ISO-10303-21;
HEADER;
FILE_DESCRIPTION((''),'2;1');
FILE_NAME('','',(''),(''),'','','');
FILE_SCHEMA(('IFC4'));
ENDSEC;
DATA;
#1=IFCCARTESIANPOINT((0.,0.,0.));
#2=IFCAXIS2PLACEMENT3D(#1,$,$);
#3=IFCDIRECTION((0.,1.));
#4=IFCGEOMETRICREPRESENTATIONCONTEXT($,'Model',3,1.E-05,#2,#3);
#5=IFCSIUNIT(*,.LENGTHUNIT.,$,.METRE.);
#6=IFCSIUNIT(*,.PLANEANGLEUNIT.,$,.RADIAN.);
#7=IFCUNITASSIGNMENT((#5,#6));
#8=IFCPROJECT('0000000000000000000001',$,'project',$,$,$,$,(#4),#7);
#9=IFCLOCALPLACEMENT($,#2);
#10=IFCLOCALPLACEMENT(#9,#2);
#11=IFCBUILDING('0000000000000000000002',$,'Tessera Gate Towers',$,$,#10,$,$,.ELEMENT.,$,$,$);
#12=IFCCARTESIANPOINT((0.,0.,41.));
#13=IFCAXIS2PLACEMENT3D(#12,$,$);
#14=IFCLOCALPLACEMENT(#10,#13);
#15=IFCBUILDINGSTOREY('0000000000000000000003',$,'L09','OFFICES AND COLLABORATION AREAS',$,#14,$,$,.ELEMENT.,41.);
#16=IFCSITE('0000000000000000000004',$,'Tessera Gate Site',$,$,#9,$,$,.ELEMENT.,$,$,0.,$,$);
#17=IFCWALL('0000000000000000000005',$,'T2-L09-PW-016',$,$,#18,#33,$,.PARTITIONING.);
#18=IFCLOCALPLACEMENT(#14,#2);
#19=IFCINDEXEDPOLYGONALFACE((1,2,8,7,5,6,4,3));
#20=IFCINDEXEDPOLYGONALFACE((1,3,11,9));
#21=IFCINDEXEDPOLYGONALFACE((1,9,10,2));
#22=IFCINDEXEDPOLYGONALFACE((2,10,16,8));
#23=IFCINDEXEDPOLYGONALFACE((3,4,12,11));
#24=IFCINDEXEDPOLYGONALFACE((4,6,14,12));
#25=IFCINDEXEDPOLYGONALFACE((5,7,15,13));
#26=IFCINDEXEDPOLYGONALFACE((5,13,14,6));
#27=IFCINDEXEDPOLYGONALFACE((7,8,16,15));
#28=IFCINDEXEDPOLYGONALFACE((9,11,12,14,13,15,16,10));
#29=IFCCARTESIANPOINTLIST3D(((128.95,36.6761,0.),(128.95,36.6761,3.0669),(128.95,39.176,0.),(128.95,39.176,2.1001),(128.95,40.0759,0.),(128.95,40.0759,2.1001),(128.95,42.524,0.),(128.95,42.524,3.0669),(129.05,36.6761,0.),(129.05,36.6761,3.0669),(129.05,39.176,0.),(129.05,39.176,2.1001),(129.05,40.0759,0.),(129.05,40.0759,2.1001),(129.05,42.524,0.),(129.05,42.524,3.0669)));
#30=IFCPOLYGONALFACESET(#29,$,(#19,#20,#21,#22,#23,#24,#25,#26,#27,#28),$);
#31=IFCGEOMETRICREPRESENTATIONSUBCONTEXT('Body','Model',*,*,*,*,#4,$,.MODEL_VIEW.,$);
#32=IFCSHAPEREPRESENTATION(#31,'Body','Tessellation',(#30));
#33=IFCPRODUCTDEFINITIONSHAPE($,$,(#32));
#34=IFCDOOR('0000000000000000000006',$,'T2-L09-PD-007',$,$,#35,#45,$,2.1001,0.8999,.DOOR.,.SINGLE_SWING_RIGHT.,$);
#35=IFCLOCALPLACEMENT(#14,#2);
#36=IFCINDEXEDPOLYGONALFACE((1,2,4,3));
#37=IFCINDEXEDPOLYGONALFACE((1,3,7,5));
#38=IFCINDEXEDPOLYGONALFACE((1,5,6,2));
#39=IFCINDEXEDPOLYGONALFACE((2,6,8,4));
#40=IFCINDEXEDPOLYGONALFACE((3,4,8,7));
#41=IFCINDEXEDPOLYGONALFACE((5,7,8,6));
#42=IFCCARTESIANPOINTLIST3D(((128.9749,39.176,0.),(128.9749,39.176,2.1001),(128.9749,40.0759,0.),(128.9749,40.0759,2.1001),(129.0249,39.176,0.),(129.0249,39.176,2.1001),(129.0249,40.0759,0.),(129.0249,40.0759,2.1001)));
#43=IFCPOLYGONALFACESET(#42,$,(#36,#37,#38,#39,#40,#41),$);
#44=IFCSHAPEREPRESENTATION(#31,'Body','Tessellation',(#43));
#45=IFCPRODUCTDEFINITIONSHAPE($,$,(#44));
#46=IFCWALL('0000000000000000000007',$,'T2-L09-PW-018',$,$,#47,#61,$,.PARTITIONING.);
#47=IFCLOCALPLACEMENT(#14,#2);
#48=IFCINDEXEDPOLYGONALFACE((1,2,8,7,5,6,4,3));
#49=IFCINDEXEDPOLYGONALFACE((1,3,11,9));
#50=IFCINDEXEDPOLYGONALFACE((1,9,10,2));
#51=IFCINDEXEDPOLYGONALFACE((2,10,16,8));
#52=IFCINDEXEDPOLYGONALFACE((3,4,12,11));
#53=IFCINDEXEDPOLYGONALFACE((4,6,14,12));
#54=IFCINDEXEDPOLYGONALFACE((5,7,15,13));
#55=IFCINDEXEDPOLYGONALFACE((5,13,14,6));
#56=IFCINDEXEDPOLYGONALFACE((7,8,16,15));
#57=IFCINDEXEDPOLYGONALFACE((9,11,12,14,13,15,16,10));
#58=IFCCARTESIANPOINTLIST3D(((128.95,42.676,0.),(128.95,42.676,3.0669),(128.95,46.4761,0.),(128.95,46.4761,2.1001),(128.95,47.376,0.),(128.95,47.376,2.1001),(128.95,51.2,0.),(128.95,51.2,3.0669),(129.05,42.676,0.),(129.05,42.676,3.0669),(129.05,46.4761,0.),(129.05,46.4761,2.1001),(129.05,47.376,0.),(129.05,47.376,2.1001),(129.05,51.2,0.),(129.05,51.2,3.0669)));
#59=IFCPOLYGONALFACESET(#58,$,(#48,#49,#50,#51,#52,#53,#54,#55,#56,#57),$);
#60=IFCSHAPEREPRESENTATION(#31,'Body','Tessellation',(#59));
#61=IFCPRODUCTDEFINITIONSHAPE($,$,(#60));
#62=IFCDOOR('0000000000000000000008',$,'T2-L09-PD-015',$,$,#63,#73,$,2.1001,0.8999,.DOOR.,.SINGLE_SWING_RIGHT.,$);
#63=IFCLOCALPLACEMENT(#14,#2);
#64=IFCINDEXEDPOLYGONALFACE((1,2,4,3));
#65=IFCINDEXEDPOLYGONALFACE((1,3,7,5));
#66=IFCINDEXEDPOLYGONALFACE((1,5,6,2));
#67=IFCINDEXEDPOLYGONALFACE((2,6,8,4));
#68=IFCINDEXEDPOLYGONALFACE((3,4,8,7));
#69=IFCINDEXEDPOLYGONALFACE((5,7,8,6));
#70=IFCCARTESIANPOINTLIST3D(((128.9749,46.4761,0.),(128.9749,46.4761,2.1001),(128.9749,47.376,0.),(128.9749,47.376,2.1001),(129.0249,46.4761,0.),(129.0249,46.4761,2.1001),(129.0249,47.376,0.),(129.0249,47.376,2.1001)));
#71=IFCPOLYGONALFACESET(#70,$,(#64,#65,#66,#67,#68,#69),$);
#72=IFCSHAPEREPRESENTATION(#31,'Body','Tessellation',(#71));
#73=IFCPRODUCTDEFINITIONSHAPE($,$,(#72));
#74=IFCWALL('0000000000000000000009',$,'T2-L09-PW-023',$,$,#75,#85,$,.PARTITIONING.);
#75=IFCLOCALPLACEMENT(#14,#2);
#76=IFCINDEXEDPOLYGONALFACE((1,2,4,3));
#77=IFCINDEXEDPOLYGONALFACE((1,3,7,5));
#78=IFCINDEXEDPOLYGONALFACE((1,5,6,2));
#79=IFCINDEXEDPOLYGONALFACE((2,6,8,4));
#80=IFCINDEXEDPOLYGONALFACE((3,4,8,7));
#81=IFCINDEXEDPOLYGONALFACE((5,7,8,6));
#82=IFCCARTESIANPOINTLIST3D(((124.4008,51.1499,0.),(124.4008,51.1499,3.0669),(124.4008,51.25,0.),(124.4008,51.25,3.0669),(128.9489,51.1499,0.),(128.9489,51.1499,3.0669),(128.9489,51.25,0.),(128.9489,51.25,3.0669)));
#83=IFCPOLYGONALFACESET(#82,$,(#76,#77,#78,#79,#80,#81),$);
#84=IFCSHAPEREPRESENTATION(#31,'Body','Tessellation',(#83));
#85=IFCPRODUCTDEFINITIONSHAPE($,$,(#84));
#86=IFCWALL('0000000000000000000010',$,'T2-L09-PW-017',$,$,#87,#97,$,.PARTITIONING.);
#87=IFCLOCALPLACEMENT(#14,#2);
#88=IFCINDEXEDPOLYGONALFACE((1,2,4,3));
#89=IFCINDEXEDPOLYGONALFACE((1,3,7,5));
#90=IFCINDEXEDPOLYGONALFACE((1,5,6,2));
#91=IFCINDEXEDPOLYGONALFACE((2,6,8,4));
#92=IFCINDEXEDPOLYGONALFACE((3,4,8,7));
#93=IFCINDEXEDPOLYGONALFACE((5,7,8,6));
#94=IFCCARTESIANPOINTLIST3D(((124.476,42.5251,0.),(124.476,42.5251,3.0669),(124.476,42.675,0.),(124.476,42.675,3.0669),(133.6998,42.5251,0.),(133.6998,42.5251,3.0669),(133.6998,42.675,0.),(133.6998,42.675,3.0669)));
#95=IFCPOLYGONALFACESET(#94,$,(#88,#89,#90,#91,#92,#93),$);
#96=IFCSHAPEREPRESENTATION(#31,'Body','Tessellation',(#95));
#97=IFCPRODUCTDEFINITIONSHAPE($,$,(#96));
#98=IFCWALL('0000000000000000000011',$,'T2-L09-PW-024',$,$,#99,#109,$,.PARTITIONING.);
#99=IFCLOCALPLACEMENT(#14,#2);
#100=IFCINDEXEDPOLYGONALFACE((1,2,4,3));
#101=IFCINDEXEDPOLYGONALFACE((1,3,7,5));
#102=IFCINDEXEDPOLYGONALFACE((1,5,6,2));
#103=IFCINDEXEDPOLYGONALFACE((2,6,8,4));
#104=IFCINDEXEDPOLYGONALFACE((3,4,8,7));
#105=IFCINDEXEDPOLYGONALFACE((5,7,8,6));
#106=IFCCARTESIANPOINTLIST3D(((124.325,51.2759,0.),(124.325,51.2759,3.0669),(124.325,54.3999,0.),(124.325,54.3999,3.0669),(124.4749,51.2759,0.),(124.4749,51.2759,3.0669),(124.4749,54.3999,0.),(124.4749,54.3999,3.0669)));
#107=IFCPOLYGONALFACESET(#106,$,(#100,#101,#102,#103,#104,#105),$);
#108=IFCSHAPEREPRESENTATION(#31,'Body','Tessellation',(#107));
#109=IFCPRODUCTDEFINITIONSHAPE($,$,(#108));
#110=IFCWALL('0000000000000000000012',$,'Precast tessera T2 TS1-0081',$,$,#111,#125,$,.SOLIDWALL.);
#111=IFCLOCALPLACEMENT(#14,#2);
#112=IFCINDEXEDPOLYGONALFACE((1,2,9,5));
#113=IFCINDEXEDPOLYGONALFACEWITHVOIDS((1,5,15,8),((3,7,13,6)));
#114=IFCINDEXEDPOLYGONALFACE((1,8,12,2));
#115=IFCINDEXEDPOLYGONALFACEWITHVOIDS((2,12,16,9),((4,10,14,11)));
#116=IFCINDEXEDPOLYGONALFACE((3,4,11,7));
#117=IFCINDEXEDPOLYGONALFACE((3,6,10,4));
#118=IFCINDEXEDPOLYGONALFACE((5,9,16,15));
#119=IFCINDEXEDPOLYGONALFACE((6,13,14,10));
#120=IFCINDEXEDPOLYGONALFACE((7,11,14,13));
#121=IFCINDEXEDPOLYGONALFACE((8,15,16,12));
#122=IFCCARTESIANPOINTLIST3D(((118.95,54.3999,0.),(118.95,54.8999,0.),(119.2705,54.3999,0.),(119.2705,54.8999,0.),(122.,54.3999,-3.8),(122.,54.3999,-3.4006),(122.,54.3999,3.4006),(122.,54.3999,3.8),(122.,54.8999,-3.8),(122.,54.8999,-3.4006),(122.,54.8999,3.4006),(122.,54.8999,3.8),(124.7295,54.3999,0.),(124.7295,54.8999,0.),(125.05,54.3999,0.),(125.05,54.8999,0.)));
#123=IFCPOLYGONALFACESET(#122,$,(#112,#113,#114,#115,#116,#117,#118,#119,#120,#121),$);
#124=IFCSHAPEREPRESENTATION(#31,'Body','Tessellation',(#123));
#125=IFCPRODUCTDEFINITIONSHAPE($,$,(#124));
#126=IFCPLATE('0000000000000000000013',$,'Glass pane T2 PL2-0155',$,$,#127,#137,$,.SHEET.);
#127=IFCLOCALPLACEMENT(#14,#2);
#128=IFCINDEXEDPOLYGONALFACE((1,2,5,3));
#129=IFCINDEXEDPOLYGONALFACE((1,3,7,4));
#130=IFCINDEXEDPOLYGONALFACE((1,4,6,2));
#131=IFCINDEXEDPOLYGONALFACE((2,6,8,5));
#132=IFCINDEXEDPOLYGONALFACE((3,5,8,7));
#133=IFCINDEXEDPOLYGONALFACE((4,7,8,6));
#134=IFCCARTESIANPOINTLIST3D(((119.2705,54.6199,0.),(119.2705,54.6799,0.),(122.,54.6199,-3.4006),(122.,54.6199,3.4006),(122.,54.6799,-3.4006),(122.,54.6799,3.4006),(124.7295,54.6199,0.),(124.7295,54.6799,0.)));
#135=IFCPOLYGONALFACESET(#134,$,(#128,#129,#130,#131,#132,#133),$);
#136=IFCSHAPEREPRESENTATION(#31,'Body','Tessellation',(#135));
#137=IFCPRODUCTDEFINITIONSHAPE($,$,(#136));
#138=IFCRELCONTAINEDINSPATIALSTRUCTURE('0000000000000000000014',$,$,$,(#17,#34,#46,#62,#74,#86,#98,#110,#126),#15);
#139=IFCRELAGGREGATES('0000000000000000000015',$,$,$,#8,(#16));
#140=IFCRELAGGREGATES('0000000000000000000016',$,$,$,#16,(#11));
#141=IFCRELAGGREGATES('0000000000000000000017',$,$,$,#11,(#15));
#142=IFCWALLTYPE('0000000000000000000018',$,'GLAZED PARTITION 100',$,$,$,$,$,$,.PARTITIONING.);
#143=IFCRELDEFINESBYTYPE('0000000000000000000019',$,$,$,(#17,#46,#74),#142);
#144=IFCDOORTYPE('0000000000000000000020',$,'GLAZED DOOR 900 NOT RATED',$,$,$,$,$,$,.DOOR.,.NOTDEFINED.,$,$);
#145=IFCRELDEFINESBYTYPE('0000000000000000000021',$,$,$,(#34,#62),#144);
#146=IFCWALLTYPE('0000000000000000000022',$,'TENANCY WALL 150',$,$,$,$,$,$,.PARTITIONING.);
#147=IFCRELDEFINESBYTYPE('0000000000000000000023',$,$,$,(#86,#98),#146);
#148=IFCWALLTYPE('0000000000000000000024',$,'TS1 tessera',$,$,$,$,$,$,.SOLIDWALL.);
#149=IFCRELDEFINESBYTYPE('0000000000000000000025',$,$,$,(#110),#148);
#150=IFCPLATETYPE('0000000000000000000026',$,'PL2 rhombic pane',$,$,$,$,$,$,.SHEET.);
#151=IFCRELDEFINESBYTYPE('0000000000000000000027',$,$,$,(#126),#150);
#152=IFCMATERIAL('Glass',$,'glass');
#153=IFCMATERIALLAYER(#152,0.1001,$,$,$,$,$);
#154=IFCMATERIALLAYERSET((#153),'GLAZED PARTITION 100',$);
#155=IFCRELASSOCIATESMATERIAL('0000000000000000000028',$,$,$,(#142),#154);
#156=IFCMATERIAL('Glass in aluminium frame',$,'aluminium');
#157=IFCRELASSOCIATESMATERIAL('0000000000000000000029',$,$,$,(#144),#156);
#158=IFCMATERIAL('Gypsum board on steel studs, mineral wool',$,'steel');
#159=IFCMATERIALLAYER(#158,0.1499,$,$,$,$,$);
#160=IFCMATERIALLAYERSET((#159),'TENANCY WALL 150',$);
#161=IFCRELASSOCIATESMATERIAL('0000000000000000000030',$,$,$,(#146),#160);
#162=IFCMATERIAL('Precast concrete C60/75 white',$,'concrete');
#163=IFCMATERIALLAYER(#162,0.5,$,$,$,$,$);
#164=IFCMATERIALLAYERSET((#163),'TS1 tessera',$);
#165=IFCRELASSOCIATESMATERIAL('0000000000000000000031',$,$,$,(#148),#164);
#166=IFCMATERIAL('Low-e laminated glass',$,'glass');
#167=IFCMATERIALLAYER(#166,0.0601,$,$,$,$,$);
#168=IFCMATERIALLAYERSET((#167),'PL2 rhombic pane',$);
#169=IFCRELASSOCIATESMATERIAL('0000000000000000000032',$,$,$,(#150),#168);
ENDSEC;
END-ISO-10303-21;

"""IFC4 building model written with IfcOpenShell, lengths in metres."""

from ifc_helpers import new_model, si_unit, direction, frame, frame_2d, origin, place, context, subcontext, project, spatial, polyline, rectangle, outline, extrude, source, transform, mapped, material, layer, layer_set, type_object, element, fill, save


model = new_model("IFC4")

# Units and contexts
model_context = context("Model", 3, precision=1e-05, world=origin(), true_north=direction((0.0, 1.0)))
body_context = subcontext(model_context, "Body", "Model", "MODEL_VIEW")
ifc_project = project(units=[si_unit("LENGTHUNIT", "METRE"), si_unit("PLANEANGLEUNIT", "RADIAN")], contexts=[model_context])

# Site, building, storey
site_placement = place(None, origin())
site = spatial("IfcSite", under=ifc_project, at=site_placement, Name="Tessera Gate Site", CompositionType="ELEMENT", RefElevation=0.0)
building_placement = place(site_placement, origin())
building = spatial("IfcBuilding", under=site, at=building_placement, Name="Tessera Gate Towers", CompositionType="ELEMENT")
storey_placement = place(building_placement, frame((0.0, 0.0, 41.0)))
storey = spatial("IfcBuildingStorey", under=building, at=storey_placement, Name="L09", Description="OFFICES AND COLLABORATION AREAS", CompositionType="ELEMENT", Elevation=41.0)

# Walls, openings, doors
ifc_material_1 = material(Name="Glass", Category="glass")
ifc_layer_1 = layer(ifc_material_1, 0.1001)
ifc_layer_set_1 = layer_set([ifc_layer_1], Name="GLAZED PARTITION 100")
wall_type_1 = type_object("IfcWallType", Name="GLAZED PARTITION 100", PredefinedType="PARTITIONING", material=ifc_layer_set_1)
wall_1_placement = place(storey_placement, frame((129.0, 42.5239, 0.0), z_axis=(0.0, 0.0, 1.0), x_axis=(0.0, -1.0, 0.0)))
wall_1 = element("IfcWall", 1, at=wall_1_placement, inside=storey, type_object=wall_type_1, Name="T2-L09-PW-016", PredefinedType="PARTITIONING", context=body_context, shape_type="SweptSolid", body=[
    extrude(rectangle(XDim=5.8479, YDim=0.1001, at=frame_2d((2.9238, 0.0))), origin(), (0.0, 0.0, 1.0), 3.0669),
])
shared_shape_1 = source(origin(), body_context, "Body", "SweptSolid", [
    extrude(rectangle(XDim=0.8999, YDim=2.1001, at=frame_2d((0.45, 1.05))), frame((0.0, 0.0601, 0.0), z_axis=(0.0, -1.0, 0.0), x_axis=(1.0, 0.0, 0.0)), (0.0, 0.0, 1.0), 0.1201),
])
opening_1_placement = place(wall_1_placement, frame((2.448, 0.0, 0.0)))
opening_1 = element("IfcOpeningElement", 2, at=opening_1_placement, cuts=wall_1, PredefinedType="OPENING", context=body_context, shape_type="MappedRepresentation", body=[
    mapped(shared_shape_1, transform((0.0, 0.0, 0.0), scale=1.0)),
])
ifc_material_2 = material(Name="Glass in aluminium frame", Category="aluminium")
door_type_1 = type_object("IfcDoorType", Name="GLAZED DOOR 900 NOT RATED", OperationType="NOTDEFINED", PredefinedType="DOOR", material=ifc_material_2)
shared_shape_2 = source(origin(), body_context, "Body", "SweptSolid", [
    extrude(rectangle(XDim=0.8999, YDim=2.1001, at=frame_2d((0.45, 1.05))), frame((0.0, 0.0249, 0.0), z_axis=(0.0, -1.0, 0.0), x_axis=(1.0, 0.0, 0.0)), (0.0, 0.0, 1.0), 0.05),
])
door_1_placement = place(opening_1_placement, origin())
door_1 = element("IfcDoor", 3, at=door_1_placement, inside=storey, type_object=door_type_1, Name="T2-L09-PD-007", OperationType="SINGLE_SWING_RIGHT", OverallHeight=2.1001, OverallWidth=0.8999, PredefinedType="DOOR", context=body_context, shape_type="MappedRepresentation", body=[
    mapped(shared_shape_2, transform((0.0, 0.0, 0.0), scale=1.0)),
])
fill(opening_1, door_1)
wall_2_placement = place(storey_placement, frame((129.0, 51.2, 0.0), z_axis=(0.0, 0.0, 1.0), x_axis=(0.0, -1.0, 0.0)))
wall_2 = element("IfcWall", 4, at=wall_2_placement, inside=storey, type_object=wall_type_1, Name="T2-L09-PW-018", PredefinedType="PARTITIONING", context=body_context, shape_type="SweptSolid", body=[
    extrude(rectangle(XDim=8.5239, YDim=0.1001, at=frame_2d((4.262, 0.0))), origin(), (0.0, 0.0, 1.0), 3.0669),
])
opening_2_placement = place(wall_2_placement, frame((3.824, 0.0, 0.0)))
opening_2 = element("IfcOpeningElement", 5, at=opening_2_placement, cuts=wall_2, PredefinedType="OPENING", context=body_context, shape_type="MappedRepresentation", body=[
    mapped(shared_shape_1, transform((0.0, 0.0, 0.0), scale=1.0)),
])
door_2_placement = place(opening_2_placement, origin())
door_2 = element("IfcDoor", 6, at=door_2_placement, inside=storey, type_object=door_type_1, Name="T2-L09-PD-015", OperationType="SINGLE_SWING_RIGHT", OverallHeight=2.1001, OverallWidth=0.8999, PredefinedType="DOOR", context=body_context, shape_type="MappedRepresentation", body=[
    mapped(shared_shape_2, transform((0.0, 0.0, 0.0), scale=1.0)),
])
fill(opening_2, door_2)

# Walls
wall_3_placement = place(storey_placement, frame((124.4009, 51.2, 0.0), z_axis=(0.0, 0.0, 1.0), x_axis=(1.0, 0.0, 0.0)))
element("IfcWall", 7, at=wall_3_placement, inside=storey, type_object=wall_type_1, Name="T2-L09-PW-023", PredefinedType="PARTITIONING", context=body_context, shape_type="SweptSolid", body=[
    extrude(rectangle(XDim=4.5481, YDim=0.1001, at=frame_2d((2.2739, 0.0))), origin(), (0.0, 0.0, 1.0), 3.0669),
])
ifc_material_3 = material(Name="Gypsum board on steel studs, mineral wool", Category="steel")
ifc_layer_2 = layer(ifc_material_3, 0.1499)
ifc_layer_set_2 = layer_set([ifc_layer_2], Name="TENANCY WALL 150")
wall_type_2 = type_object("IfcWallType", Name="TENANCY WALL 150", PredefinedType="PARTITIONING", material=ifc_layer_set_2)
wall_4_placement = place(storey_placement, frame((124.4761, 42.6001, 0.0), z_axis=(0.0, 0.0, 1.0), x_axis=(1.0, 0.0, 0.0)))
element("IfcWall", 8, at=wall_4_placement, inside=storey, type_object=wall_type_2, Name="T2-L09-PW-017", PredefinedType="PARTITIONING", context=body_context, shape_type="SweptSolid", body=[
    extrude(rectangle(XDim=9.2239, YDim=0.1499, at=frame_2d((4.6118, 0.0))), origin(), (0.0, 0.0, 1.0), 3.0669),
])
wall_5_placement = place(storey_placement, frame((124.3999, 51.2759, 0.0), z_axis=(0.0, 0.0, 1.0), x_axis=(0.0, 1.0, 0.0)))
element("IfcWall", 9, at=wall_5_placement, inside=storey, type_object=wall_type_2, Name="T2-L09-PW-024", PredefinedType="PARTITIONING", context=body_context, shape_type="SweptSolid", body=[
    extrude(rectangle(XDim=3.124, YDim=0.1499, at=frame_2d((1.562, 0.0))), origin(), (0.0, 0.0, 1.0), 3.0669),
])

# Wall, opening, plate
ifc_material_4 = material(Name="Precast concrete C60/75 white", Category="concrete")
ifc_layer_3 = layer(ifc_material_4, 0.5)
ifc_layer_set_3 = layer_set([ifc_layer_3], Name="TS1 tessera")
wall_type_3 = type_object("IfcWallType", Name="TS1 tessera", PredefinedType="SOLIDWALL", material=ifc_layer_set_3)
shared_shape_3 = source(origin(), body_context, "Body", "SweptSolid", [
    extrude(outline(polyline([(3.05, 0.0), (6.1001, 3.8), (3.05, 7.6001), (0.0, 3.8), (3.05, 0.0)])), frame((0.0, 0.25, 0.0), z_axis=(0.0, -1.0, 0.0), x_axis=(1.0, 0.0, 0.0)), (0.0, 0.0, 1.0), 0.5),
])
wall_6_placement = place(storey_placement, frame((125.05, 54.6499, -3.8), z_axis=(0.0, 0.0, 1.0), x_axis=(-1.0, 0.0, 0.0)))
wall_6 = element("IfcWall", 10, at=wall_6_placement, inside=storey, type_object=wall_type_3, Name="Precast tessera T2 TS1-0081", PredefinedType="SOLIDWALL", context=body_context, shape_type="MappedRepresentation", body=[
    mapped(shared_shape_3, transform((0.0, 0.0, 0.0), scale=1.0)),
])
shared_shape_4 = source(origin(), body_context, "Body", "SweptSolid", [
    extrude(outline(polyline([(3.05, 0.3994), (5.7795, 3.8), (3.05, 7.2007), (0.3206, 3.8), (3.05, 0.3994)])), frame((0.0, 0.26, 0.0), z_axis=(0.0, -1.0, 0.0), x_axis=(1.0, 0.0, 0.0)), (0.0, 0.0, 1.0), 0.52),
])
opening_3_placement = place(wall_6_placement, origin())
opening_3 = element("IfcOpeningElement", 11, at=opening_3_placement, cuts=wall_6, PredefinedType="OPENING", context=body_context, shape_type="MappedRepresentation", body=[
    mapped(shared_shape_4, transform((0.0, 0.0, 0.0), scale=1.0)),
])
ifc_material_5 = material(Name="Low-e laminated glass", Category="glass")
ifc_layer_4 = layer(ifc_material_5, 0.0601)
ifc_layer_set_4 = layer_set([ifc_layer_4], Name="PL2 rhombic pane")
plate_type = type_object("IfcPlateType", Name="PL2 rhombic pane", PredefinedType="SHEET", material=ifc_layer_set_4)
shared_shape_5 = source(origin(), body_context, "Body", "SweptSolid", [
    extrude(outline(polyline([(3.05, 0.3994), (5.7795, 3.8), (3.05, 7.2007), (0.3206, 3.8), (3.05, 0.3994)])), frame((0.0, 0.03, 0.0), z_axis=(0.0, -1.0, 0.0), x_axis=(1.0, 0.0, 0.0)), (0.0, 0.0, 1.0), 0.0601),
])
plate_placement = place(opening_3_placement, origin())
plate = element("IfcPlate", 12, at=plate_placement, inside=storey, type_object=plate_type, Name="Glass pane T2 PL2-0155", PredefinedType="SHEET", context=body_context, shape_type="MappedRepresentation", body=[
    mapped(shared_shape_5, transform((0.0, 0.0, 0.0), scale=1.0)),
])
fill(opening_3, plate)

save(model, "model.ifc")
